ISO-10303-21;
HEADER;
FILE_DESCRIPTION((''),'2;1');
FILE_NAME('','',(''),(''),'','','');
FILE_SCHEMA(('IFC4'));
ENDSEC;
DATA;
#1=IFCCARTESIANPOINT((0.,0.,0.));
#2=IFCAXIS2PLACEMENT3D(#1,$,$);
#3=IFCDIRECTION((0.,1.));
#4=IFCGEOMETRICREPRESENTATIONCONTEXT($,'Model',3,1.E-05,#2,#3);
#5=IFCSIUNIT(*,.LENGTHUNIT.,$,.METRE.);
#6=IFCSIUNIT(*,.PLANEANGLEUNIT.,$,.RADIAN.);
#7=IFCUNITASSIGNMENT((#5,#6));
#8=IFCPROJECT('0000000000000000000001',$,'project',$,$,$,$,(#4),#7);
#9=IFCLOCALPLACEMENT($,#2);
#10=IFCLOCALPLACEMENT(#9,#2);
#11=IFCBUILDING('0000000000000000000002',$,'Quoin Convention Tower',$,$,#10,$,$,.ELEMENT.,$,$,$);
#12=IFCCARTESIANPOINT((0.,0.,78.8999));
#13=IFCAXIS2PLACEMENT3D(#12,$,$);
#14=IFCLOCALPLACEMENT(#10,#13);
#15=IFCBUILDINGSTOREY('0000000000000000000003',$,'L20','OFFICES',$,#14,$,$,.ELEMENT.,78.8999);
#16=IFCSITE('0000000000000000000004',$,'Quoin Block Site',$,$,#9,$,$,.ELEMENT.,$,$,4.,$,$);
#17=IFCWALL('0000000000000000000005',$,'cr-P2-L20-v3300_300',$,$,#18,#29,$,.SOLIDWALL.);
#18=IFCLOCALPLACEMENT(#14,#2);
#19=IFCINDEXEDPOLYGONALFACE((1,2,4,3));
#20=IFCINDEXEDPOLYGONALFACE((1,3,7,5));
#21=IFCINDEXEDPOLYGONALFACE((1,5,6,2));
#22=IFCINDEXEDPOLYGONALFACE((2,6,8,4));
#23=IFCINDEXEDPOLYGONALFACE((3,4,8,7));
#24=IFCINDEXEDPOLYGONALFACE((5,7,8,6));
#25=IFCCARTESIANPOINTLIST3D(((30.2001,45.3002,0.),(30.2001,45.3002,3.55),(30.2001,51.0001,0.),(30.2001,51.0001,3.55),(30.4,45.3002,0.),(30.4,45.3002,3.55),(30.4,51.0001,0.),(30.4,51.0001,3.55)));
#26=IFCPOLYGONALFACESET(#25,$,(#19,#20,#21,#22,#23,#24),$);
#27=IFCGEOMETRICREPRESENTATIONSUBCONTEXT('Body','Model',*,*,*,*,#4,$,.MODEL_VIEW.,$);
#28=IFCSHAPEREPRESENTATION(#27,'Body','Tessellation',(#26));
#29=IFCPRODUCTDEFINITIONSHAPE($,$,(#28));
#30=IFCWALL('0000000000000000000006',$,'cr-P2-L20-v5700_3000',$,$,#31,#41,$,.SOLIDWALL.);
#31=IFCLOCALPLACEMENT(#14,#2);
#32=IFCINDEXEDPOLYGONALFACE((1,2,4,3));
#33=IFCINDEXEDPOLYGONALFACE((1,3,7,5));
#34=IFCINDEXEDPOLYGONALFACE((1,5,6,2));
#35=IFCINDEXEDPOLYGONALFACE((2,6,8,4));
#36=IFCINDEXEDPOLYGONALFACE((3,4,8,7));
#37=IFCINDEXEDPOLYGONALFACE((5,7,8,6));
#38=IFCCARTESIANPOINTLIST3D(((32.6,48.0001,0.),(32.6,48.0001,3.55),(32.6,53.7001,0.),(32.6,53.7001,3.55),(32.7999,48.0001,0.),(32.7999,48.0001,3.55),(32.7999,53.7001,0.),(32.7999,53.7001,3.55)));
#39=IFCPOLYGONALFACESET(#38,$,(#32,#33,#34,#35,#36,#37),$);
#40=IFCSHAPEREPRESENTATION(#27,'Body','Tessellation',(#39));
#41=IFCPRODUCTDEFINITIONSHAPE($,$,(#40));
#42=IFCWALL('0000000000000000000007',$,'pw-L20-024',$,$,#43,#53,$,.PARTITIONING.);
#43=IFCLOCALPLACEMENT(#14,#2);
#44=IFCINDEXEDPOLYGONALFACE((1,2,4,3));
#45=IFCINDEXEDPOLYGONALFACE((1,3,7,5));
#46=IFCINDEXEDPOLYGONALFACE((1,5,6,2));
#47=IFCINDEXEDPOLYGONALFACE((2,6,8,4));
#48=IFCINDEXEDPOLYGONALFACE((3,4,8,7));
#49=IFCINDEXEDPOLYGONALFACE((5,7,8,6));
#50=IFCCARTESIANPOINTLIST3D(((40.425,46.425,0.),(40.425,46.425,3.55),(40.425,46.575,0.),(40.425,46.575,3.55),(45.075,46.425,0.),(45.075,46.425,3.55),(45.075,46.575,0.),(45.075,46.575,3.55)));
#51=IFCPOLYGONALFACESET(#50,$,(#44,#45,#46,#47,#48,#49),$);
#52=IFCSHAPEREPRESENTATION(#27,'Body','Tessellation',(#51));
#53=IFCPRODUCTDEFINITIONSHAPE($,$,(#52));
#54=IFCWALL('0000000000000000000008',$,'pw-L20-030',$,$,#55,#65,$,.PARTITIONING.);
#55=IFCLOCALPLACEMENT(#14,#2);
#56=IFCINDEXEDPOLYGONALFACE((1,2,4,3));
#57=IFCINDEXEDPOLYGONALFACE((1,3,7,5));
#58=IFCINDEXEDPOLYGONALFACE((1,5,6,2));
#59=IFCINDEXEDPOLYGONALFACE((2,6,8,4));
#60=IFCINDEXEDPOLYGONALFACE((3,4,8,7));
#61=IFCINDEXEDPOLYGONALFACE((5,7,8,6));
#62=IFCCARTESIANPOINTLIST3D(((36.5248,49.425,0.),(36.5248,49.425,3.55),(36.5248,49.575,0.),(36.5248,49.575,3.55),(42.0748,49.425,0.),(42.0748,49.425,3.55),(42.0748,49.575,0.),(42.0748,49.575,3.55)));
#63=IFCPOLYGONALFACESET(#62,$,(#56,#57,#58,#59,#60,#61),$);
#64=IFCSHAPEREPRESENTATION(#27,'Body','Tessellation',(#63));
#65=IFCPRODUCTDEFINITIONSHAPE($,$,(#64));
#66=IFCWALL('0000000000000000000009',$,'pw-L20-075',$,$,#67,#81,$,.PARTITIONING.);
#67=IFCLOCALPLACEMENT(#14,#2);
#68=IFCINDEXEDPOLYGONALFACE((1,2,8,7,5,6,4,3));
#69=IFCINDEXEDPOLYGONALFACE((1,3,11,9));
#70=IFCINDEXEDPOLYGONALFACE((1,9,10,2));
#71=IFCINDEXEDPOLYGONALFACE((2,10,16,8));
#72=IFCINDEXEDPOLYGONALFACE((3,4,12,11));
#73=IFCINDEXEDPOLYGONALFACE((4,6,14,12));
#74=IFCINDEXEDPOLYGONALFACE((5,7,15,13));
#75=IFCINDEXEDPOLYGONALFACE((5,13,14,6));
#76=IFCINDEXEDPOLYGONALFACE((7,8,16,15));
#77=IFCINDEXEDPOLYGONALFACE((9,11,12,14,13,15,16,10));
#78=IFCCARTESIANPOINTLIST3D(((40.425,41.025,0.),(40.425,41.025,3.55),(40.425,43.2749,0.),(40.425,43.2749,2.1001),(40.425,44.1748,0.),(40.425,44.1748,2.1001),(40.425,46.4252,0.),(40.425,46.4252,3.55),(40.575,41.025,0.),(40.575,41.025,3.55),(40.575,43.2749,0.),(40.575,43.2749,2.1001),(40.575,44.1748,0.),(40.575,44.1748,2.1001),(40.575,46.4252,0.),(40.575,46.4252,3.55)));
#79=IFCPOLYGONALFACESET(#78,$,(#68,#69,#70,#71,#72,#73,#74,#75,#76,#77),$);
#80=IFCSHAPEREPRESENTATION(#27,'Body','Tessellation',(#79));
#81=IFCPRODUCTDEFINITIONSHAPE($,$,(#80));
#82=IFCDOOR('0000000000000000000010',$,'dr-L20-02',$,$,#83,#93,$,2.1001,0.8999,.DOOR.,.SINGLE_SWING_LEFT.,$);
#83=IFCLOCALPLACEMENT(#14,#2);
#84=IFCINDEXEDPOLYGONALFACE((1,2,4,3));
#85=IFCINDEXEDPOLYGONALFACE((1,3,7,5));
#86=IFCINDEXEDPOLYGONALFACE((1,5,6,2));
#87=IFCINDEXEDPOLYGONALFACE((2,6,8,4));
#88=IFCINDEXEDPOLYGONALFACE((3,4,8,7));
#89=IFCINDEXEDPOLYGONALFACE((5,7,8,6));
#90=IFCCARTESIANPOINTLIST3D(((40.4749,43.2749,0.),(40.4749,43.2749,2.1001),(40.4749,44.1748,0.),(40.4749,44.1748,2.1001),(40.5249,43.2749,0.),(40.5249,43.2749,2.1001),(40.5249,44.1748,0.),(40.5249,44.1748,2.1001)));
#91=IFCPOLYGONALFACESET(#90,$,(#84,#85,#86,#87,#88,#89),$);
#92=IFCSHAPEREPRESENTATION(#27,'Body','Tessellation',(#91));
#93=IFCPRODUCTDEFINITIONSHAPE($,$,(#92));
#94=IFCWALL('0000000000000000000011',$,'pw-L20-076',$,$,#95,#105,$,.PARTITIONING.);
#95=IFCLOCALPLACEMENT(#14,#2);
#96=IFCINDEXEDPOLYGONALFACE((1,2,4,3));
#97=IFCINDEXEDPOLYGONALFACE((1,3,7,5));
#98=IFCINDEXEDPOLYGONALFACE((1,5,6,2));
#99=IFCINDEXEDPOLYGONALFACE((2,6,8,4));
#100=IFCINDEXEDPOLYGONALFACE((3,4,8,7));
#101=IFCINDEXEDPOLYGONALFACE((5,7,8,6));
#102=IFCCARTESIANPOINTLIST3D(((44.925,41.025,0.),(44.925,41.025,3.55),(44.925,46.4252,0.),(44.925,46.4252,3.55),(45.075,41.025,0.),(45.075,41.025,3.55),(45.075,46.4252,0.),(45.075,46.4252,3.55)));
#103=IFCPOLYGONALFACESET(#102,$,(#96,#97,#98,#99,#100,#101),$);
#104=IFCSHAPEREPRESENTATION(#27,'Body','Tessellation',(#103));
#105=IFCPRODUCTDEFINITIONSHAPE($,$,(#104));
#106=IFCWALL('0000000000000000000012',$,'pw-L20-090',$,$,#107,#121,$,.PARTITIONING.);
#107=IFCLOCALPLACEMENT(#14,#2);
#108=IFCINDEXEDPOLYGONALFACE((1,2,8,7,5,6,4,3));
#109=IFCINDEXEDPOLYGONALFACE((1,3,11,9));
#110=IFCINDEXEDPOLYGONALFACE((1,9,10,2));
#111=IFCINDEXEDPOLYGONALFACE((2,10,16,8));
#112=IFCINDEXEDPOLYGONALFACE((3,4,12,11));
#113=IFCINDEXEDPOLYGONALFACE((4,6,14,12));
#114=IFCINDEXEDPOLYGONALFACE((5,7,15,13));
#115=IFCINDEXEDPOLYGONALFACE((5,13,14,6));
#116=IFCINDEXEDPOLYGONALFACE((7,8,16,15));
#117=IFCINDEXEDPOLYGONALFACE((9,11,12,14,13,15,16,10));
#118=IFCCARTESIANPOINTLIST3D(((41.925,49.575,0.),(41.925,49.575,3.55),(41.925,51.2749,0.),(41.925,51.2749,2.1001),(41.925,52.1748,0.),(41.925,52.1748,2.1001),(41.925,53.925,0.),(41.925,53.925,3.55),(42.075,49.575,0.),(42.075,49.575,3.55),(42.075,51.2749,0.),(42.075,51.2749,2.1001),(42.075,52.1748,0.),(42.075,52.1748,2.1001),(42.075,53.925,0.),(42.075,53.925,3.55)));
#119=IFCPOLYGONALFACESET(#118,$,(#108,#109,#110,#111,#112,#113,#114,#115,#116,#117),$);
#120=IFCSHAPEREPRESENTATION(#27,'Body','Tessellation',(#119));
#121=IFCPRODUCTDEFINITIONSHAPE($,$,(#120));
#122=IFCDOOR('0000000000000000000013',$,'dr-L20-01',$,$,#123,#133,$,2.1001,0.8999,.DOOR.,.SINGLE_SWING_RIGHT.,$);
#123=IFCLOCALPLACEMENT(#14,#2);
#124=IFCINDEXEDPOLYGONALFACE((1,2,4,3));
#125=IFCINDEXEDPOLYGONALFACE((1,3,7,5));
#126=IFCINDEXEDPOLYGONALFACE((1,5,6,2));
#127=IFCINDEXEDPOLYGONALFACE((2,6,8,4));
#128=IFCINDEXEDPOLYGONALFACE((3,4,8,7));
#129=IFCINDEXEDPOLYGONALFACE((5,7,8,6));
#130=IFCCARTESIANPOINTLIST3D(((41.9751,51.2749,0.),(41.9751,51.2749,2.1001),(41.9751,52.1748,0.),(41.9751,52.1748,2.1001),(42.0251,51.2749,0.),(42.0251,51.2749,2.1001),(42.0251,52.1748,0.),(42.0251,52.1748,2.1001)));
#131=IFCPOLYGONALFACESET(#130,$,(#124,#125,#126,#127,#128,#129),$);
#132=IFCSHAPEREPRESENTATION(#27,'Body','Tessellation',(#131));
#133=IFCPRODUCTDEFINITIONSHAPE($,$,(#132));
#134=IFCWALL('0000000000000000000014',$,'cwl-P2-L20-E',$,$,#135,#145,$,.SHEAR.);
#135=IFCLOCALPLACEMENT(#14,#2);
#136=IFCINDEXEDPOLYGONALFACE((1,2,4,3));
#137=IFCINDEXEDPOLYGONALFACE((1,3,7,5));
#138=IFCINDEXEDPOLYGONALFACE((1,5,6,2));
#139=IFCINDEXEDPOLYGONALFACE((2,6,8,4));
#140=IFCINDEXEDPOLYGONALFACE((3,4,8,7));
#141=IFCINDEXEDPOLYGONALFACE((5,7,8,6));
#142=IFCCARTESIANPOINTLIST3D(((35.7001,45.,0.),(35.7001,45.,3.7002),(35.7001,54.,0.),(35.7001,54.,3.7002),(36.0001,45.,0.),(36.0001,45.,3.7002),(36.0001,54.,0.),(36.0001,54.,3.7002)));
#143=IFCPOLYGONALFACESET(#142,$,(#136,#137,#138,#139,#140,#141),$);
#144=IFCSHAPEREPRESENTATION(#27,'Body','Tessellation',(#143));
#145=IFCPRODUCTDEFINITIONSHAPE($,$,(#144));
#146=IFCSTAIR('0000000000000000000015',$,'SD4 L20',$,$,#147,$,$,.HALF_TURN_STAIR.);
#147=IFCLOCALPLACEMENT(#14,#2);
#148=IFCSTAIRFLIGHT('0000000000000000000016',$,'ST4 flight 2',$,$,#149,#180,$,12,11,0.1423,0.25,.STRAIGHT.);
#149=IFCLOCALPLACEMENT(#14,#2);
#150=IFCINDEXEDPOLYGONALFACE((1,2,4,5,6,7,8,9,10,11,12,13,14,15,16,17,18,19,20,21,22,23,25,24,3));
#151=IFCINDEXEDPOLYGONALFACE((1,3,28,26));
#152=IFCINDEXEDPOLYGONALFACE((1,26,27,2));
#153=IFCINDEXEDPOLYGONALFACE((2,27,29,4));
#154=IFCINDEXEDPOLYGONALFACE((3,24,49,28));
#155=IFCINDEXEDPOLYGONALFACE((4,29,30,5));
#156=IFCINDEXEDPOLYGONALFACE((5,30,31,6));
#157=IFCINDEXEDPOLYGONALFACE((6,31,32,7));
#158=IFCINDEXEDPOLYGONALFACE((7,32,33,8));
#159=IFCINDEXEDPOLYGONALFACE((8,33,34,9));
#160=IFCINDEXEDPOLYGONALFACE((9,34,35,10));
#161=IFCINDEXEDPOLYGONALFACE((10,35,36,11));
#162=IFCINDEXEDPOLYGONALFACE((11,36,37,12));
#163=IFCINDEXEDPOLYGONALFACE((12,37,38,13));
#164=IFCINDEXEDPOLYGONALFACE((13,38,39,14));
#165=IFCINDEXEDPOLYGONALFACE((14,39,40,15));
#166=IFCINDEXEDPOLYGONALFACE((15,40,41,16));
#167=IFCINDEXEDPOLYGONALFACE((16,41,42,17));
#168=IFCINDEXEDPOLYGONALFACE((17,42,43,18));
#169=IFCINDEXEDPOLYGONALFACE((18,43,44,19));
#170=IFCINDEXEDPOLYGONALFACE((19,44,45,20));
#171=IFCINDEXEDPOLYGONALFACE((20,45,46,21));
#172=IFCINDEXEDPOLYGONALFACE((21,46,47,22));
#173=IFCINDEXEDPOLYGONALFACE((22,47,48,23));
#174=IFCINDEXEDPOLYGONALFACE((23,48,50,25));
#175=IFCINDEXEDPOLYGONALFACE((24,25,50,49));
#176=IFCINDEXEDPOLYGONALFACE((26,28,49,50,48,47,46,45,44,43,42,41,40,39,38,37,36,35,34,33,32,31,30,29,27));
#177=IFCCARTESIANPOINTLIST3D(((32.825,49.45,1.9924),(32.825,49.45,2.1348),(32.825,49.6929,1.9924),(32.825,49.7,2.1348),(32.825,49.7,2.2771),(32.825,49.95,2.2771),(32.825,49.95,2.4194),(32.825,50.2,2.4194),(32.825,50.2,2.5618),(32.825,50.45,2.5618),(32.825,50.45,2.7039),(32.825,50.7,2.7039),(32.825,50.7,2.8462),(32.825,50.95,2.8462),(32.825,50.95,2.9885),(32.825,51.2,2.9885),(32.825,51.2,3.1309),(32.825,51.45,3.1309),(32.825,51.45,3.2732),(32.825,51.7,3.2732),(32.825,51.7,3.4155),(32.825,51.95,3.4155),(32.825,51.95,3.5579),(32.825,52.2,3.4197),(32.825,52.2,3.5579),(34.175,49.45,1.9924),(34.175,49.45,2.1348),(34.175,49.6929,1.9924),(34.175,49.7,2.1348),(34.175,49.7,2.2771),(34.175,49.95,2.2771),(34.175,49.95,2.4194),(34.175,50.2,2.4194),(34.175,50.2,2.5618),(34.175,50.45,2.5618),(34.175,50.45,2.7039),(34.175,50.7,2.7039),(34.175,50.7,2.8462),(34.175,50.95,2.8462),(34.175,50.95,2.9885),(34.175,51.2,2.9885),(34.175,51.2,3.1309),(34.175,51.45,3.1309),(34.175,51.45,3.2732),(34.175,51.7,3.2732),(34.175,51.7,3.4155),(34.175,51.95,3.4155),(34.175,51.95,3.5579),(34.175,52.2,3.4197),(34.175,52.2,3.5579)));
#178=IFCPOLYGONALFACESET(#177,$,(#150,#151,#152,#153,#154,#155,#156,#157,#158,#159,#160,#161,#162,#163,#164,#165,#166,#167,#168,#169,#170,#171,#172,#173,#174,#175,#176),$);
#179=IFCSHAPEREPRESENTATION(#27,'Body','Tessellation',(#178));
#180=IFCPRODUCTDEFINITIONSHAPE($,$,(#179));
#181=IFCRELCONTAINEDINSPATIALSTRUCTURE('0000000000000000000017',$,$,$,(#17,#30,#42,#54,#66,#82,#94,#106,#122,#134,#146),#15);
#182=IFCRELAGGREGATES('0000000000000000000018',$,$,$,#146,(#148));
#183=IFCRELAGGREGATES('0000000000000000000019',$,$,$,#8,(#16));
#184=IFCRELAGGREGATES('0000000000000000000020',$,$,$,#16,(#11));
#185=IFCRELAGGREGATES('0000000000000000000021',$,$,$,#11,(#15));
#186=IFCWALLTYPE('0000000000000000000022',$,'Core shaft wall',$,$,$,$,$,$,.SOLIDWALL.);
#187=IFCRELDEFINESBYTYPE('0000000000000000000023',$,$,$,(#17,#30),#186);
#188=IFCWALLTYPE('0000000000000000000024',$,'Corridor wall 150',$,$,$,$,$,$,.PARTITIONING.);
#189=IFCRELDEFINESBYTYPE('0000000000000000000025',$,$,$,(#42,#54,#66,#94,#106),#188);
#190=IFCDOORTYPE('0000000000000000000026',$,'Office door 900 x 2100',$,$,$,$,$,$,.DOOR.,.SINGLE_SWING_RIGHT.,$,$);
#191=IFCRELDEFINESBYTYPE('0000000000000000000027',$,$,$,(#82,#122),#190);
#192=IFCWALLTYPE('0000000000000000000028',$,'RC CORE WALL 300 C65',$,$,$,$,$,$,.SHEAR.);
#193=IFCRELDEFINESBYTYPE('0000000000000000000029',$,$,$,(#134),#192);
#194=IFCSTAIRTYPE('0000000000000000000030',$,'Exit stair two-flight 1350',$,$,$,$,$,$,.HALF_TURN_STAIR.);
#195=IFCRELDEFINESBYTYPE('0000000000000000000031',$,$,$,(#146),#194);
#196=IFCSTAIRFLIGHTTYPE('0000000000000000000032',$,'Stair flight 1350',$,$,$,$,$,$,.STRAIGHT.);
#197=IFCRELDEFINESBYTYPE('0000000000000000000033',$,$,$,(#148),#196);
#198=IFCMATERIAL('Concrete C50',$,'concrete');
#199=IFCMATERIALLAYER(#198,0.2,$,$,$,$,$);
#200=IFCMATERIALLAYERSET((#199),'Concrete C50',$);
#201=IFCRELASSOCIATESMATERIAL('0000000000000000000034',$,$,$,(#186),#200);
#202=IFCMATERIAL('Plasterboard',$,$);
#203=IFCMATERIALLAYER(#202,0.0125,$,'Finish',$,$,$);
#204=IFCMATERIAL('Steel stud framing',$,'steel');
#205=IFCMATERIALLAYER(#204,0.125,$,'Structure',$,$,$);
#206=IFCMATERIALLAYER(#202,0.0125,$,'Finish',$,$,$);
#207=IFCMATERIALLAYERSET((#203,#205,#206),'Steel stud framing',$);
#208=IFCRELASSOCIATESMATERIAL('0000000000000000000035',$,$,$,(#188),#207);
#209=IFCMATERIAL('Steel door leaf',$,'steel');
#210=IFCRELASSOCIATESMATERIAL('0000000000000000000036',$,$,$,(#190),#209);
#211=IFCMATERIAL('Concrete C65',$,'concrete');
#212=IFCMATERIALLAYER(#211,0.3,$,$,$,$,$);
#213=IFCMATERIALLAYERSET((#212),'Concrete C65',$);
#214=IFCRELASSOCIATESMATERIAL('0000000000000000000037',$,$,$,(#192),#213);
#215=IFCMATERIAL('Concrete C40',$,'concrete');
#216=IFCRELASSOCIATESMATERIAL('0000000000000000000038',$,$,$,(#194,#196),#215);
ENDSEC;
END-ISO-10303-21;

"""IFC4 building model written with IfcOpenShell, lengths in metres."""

from ifc_helpers import new_model, si_unit, direction, frame, frame_2d, origin, place, context, subcontext, project, spatial, polyline, rectangle, outline, extrude, material, layer, layer_set, type_object, element, fill, aggregate, save


model = new_model("IFC4")

# Units and contexts
model_context = context("Model", 3, precision=1e-05, world=origin(), true_north=direction((0.0, 1.0)))
body_context = subcontext(model_context, "Body", "Model", "MODEL_VIEW")
ifc_project = project(units=[si_unit("LENGTHUNIT", "METRE"), si_unit("PLANEANGLEUNIT", "RADIAN")], contexts=[model_context])

# Site, building, storey
site_placement = place(None, origin())
site = spatial("IfcSite", under=ifc_project, at=site_placement, Name="Quoin Block Site", CompositionType="ELEMENT", RefElevation=4.0)
building_placement = place(site_placement, origin())
building = spatial("IfcBuilding", under=site, at=building_placement, Name="Quoin Convention Tower", CompositionType="ELEMENT")
storey_placement = place(building_placement, frame((0.0, 0.0, 78.8999)))
storey = spatial("IfcBuildingStorey", under=building, at=storey_placement, Name="L20", Description="OFFICES", CompositionType="ELEMENT", Elevation=78.8999)

# Shared definitions
ifc_material_1 = material(Name="Concrete C65", Category="concrete")

# Walls
ifc_material_2 = material(Name="Concrete C50", Category="concrete")
ifc_layer_1 = layer(ifc_material_2, 0.2)
ifc_layer_set_1 = layer_set([ifc_layer_1], Name="Concrete C50")
wall_type_1 = type_object("IfcWallType", Name="Core shaft wall", PredefinedType="SOLIDWALL", material=ifc_layer_set_1)
for number, where, z_axis, x_axis, name in (
    (1, (30.3, 45.3, 0.0), (0.0, 0.0, 1.0), (0.0, 1.0, 0.0), "cr-P2-L20-v3300_300"),
    (2, (32.7, 48.0, 0.0), (0.0, 0.0, 1.0), (0.0, 1.0, 0.0), "cr-P2-L20-v5700_3000"),
):
    element("IfcWall", number, at=place(storey_placement, frame(where, z_axis=z_axis, x_axis=x_axis)), inside=storey, type_object=wall_type_1, Name=name, PredefinedType="SOLIDWALL", context=body_context, shape_type="SweptSolid", body=[
        extrude(rectangle(XDim=5.7, YDim=0.2, at=frame_2d((2.8501, 0.0))), origin(), (0.0, 0.0, 1.0), 3.55),
    ])
ifc_material_3 = material(Name="Plasterboard")
ifc_layer_2 = layer(ifc_material_3, 0.0125, Name="Finish")
ifc_material_4 = material(Name="Steel stud framing", Category="steel")
ifc_layer_3 = layer(ifc_material_4, 0.125, Name="Structure")
ifc_layer_4 = layer(ifc_material_3, 0.0125, Name="Finish")
ifc_layer_set_2 = layer_set([ifc_layer_2, ifc_layer_3, ifc_layer_4], Name="Steel stud framing")
wall_type_2 = type_object("IfcWallType", Name="Corridor wall 150", PredefinedType="PARTITIONING", material=ifc_layer_set_2)
wall_1_placement = place(storey_placement, frame((40.425, 46.5, 0.0), z_axis=(0.0, 0.0, 1.0), x_axis=(1.0, 0.0, 0.0)))
element("IfcWall", 3, at=wall_1_placement, inside=storey, type_object=wall_type_2, Name="pw-L20-024", PredefinedType="PARTITIONING", context=body_context, shape_type="SweptSolid", body=[
    extrude(rectangle(XDim=4.6499, YDim=0.1499, at=frame_2d((2.325, 0.0))), origin(), (0.0, 0.0, 1.0), 3.55),
])
wall_2_placement = place(storey_placement, frame((36.5249, 49.5, 0.0), z_axis=(0.0, 0.0, 1.0), x_axis=(1.0, 0.0, 0.0)))
element("IfcWall", 4, at=wall_2_placement, inside=storey, type_object=wall_type_2, Name="pw-L20-030", PredefinedType="PARTITIONING", context=body_context, shape_type="SweptSolid", body=[
    extrude(rectangle(XDim=5.55, YDim=0.1499, at=frame_2d((2.7749, 0.0))), origin(), (0.0, 0.0, 1.0), 3.55),
])

# Wall, opening, door
wall_3_placement = place(storey_placement, frame((40.5, 41.0249, 0.0), z_axis=(0.0, 0.0, 1.0), x_axis=(0.0, 1.0, 0.0)))
wall_3 = element("IfcWall", 5, at=wall_3_placement, inside=storey, type_object=wall_type_2, Name="pw-L20-075", PredefinedType="PARTITIONING", context=body_context, shape_type="SweptSolid", body=[
    extrude(rectangle(XDim=5.4001, YDim=0.1499, at=frame_2d((2.7002, 0.0))), origin(), (0.0, 0.0, 1.0), 3.55),
])
opening_1_placement = place(wall_3_placement, frame((2.25, 0.0, 0.0)))
opening_1 = element("IfcOpeningElement", 6, at=opening_1_placement, cuts=wall_3, PredefinedType="OPENING", context=body_context, shape_type="SweptSolid", body=[
    extrude(rectangle(XDim=0.8999, YDim=2.1001, at=frame_2d((0.45, 1.05))), frame((0.0, 0.085, 0.0), z_axis=(0.0, -1.0, 0.0), x_axis=(1.0, 0.0, 0.0)), (0.0, 0.0, 1.0), 0.1699),
])
ifc_material_5 = material(Name="Steel door leaf", Category="steel")
door_type = type_object("IfcDoorType", Name="Office door 900 x 2100", OperationType="SINGLE_SWING_RIGHT", PredefinedType="DOOR", material=ifc_material_5)
door_1_placement = place(opening_1_placement, frame((0.8999, 0.0, 0.0), z_axis=(0.0, 0.0, 1.0), x_axis=(-1.0, 0.0, 0.0)))
door_1 = element("IfcDoor", 7, at=door_1_placement, inside=storey, type_object=door_type, Name="dr-L20-02", OperationType="SINGLE_SWING_LEFT", OverallHeight=2.1001, OverallWidth=0.8999, PredefinedType="DOOR", context=body_context, shape_type="SweptSolid", body=[
    extrude(rectangle(XDim=0.8999, YDim=2.1001, at=frame_2d((0.45, 1.05))), frame((0.0, 0.0249, 0.0), z_axis=(0.0, -1.0, 0.0), x_axis=(1.0, 0.0, 0.0)), (0.0, 0.0, 1.0), 0.05),
])
fill(opening_1, door_1)

# Wall
wall_4_placement = place(storey_placement, frame((45.0, 41.0249, 0.0), z_axis=(0.0, 0.0, 1.0), x_axis=(0.0, 1.0, 0.0)))
element("IfcWall", 8, at=wall_4_placement, inside=storey, type_object=wall_type_2, Name="pw-L20-076", PredefinedType="PARTITIONING", context=body_context, shape_type="SweptSolid", body=[
    extrude(rectangle(XDim=5.4001, YDim=0.1499, at=frame_2d((2.7002, 0.0))), origin(), (0.0, 0.0, 1.0), 3.55),
])

# Wall, opening, door
wall_5_placement = place(storey_placement, frame((42.0, 49.575, 0.0), z_axis=(0.0, 0.0, 1.0), x_axis=(0.0, 1.0, 0.0)))
wall_5 = element("IfcWall", 9, at=wall_5_placement, inside=storey, type_object=wall_type_2, Name="pw-L20-090", PredefinedType="PARTITIONING", context=body_context, shape_type="SweptSolid", body=[
    extrude(rectangle(XDim=4.3501, YDim=0.1499, at=frame_2d((2.175, 0.0))), origin(), (0.0, 0.0, 1.0), 3.55),
])
opening_2_placement = place(wall_5_placement, frame((1.7, 0.0, 0.0)))
opening_2 = element("IfcOpeningElement", 10, at=opening_2_placement, cuts=wall_5, PredefinedType="OPENING", context=body_context, shape_type="SweptSolid", body=[
    extrude(rectangle(XDim=0.8999, YDim=2.1001, at=frame_2d((0.45, 1.05))), frame((0.0, 0.085, 0.0), z_axis=(0.0, -1.0, 0.0), x_axis=(1.0, 0.0, 0.0)), (0.0, 0.0, 1.0), 0.1699),
])
door_2_placement = place(opening_2_placement, origin())
door_2 = element("IfcDoor", 11, at=door_2_placement, inside=storey, type_object=door_type, Name="dr-L20-01", OperationType="SINGLE_SWING_RIGHT", OverallHeight=2.1001, OverallWidth=0.8999, PredefinedType="DOOR", context=body_context, shape_type="SweptSolid", body=[
    extrude(rectangle(XDim=0.8999, YDim=2.1001, at=frame_2d((0.45, 1.05))), frame((0.0, 0.0249, 0.0), z_axis=(0.0, -1.0, 0.0), x_axis=(1.0, 0.0, 0.0)), (0.0, 0.0, 1.0), 0.05),
])
fill(opening_2, door_2)

# Wall
ifc_layer_5 = layer(ifc_material_1, 0.3)
ifc_layer_set_3 = layer_set([ifc_layer_5], Name="Concrete C65")
wall_type_3 = type_object("IfcWallType", Name="RC CORE WALL 300 C65", PredefinedType="SHEAR", material=ifc_layer_set_3)
wall_6_placement = place(storey_placement, frame((35.8501, 45.0, 0.0), z_axis=(0.0, 0.0, 1.0), x_axis=(0.0, 1.0, 0.0)))
element("IfcWall", 12, at=wall_6_placement, inside=storey, type_object=wall_type_3, Name="cwl-P2-L20-E", PredefinedType="SHEAR", context=body_context, shape_type="SweptSolid", body=[
    extrude(rectangle(XDim=9.0, YDim=0.3, at=frame_2d((4.5, 0.0))), origin(), (0.0, 0.0, 1.0), 3.7002),
])

# Stair, stair flight
ifc_material_6 = material(Name="Concrete C40", Category="concrete")
stair_type = type_object("IfcStairType", Name="Exit stair two-flight 1350", PredefinedType="HALF_TURN_STAIR", material=ifc_material_6)
stair_placement = place(storey_placement, origin())
stair = element("IfcStair", 13, at=stair_placement, inside=storey, type_object=stair_type, Name="SD4 L20", PredefinedType="HALF_TURN_STAIR")
stair_flight_type = type_object("IfcStairFlightType", Name="Stair flight 1350", PredefinedType="STRAIGHT", material=ifc_material_6)
stair_flight_placement = place(storey_placement, frame((33.5, 49.45, 1.9924), z_axis=(0.0, 0.0, 1.0), x_axis=(0.0, 1.0, 0.0)))
stair_flight = element("IfcStairFlight", 14, at=stair_flight_placement, type_object=stair_flight_type, Name="ST4 flight 2", NumberOfRisers=12, NumberOfTreads=11, PredefinedType="STRAIGHT", RiserHeight=0.1423, TreadLength=0.25, context=body_context, shape_type="SweptSolid", body=[
    extrude(outline(polyline([(0.0, 0.0), (0.0, 0.1423), (0.25, 0.1423), (0.25, 0.2847), (0.5, 0.2847), (0.5, 0.427), (0.75, 0.427), (0.75, 0.5693), (1.0, 0.5693), (1.0, 0.7114), (1.25, 0.7114), (1.25, 0.8538), (1.5, 0.8538), (1.5, 0.9961), (1.75, 0.9961), (1.75, 1.1384), (2.0, 1.1384), (2.0, 1.2808), (2.25, 1.2808), (2.25, 1.4231), (2.5, 1.4231), (2.5, 1.5654), (2.75, 1.5654), (2.75, 1.7078), (2.75, 1.4272), (0.2429, 0.0), (0.0, 0.0)])), frame((0.0, 0.675, 0.0), z_axis=(0.0, -1.0, 0.0), x_axis=(1.0, 0.0, 0.0)), (0.0, 0.0, 1.0), 1.3501),
])
aggregate(stair, [stair_flight])

save(model, "model.ifc")
